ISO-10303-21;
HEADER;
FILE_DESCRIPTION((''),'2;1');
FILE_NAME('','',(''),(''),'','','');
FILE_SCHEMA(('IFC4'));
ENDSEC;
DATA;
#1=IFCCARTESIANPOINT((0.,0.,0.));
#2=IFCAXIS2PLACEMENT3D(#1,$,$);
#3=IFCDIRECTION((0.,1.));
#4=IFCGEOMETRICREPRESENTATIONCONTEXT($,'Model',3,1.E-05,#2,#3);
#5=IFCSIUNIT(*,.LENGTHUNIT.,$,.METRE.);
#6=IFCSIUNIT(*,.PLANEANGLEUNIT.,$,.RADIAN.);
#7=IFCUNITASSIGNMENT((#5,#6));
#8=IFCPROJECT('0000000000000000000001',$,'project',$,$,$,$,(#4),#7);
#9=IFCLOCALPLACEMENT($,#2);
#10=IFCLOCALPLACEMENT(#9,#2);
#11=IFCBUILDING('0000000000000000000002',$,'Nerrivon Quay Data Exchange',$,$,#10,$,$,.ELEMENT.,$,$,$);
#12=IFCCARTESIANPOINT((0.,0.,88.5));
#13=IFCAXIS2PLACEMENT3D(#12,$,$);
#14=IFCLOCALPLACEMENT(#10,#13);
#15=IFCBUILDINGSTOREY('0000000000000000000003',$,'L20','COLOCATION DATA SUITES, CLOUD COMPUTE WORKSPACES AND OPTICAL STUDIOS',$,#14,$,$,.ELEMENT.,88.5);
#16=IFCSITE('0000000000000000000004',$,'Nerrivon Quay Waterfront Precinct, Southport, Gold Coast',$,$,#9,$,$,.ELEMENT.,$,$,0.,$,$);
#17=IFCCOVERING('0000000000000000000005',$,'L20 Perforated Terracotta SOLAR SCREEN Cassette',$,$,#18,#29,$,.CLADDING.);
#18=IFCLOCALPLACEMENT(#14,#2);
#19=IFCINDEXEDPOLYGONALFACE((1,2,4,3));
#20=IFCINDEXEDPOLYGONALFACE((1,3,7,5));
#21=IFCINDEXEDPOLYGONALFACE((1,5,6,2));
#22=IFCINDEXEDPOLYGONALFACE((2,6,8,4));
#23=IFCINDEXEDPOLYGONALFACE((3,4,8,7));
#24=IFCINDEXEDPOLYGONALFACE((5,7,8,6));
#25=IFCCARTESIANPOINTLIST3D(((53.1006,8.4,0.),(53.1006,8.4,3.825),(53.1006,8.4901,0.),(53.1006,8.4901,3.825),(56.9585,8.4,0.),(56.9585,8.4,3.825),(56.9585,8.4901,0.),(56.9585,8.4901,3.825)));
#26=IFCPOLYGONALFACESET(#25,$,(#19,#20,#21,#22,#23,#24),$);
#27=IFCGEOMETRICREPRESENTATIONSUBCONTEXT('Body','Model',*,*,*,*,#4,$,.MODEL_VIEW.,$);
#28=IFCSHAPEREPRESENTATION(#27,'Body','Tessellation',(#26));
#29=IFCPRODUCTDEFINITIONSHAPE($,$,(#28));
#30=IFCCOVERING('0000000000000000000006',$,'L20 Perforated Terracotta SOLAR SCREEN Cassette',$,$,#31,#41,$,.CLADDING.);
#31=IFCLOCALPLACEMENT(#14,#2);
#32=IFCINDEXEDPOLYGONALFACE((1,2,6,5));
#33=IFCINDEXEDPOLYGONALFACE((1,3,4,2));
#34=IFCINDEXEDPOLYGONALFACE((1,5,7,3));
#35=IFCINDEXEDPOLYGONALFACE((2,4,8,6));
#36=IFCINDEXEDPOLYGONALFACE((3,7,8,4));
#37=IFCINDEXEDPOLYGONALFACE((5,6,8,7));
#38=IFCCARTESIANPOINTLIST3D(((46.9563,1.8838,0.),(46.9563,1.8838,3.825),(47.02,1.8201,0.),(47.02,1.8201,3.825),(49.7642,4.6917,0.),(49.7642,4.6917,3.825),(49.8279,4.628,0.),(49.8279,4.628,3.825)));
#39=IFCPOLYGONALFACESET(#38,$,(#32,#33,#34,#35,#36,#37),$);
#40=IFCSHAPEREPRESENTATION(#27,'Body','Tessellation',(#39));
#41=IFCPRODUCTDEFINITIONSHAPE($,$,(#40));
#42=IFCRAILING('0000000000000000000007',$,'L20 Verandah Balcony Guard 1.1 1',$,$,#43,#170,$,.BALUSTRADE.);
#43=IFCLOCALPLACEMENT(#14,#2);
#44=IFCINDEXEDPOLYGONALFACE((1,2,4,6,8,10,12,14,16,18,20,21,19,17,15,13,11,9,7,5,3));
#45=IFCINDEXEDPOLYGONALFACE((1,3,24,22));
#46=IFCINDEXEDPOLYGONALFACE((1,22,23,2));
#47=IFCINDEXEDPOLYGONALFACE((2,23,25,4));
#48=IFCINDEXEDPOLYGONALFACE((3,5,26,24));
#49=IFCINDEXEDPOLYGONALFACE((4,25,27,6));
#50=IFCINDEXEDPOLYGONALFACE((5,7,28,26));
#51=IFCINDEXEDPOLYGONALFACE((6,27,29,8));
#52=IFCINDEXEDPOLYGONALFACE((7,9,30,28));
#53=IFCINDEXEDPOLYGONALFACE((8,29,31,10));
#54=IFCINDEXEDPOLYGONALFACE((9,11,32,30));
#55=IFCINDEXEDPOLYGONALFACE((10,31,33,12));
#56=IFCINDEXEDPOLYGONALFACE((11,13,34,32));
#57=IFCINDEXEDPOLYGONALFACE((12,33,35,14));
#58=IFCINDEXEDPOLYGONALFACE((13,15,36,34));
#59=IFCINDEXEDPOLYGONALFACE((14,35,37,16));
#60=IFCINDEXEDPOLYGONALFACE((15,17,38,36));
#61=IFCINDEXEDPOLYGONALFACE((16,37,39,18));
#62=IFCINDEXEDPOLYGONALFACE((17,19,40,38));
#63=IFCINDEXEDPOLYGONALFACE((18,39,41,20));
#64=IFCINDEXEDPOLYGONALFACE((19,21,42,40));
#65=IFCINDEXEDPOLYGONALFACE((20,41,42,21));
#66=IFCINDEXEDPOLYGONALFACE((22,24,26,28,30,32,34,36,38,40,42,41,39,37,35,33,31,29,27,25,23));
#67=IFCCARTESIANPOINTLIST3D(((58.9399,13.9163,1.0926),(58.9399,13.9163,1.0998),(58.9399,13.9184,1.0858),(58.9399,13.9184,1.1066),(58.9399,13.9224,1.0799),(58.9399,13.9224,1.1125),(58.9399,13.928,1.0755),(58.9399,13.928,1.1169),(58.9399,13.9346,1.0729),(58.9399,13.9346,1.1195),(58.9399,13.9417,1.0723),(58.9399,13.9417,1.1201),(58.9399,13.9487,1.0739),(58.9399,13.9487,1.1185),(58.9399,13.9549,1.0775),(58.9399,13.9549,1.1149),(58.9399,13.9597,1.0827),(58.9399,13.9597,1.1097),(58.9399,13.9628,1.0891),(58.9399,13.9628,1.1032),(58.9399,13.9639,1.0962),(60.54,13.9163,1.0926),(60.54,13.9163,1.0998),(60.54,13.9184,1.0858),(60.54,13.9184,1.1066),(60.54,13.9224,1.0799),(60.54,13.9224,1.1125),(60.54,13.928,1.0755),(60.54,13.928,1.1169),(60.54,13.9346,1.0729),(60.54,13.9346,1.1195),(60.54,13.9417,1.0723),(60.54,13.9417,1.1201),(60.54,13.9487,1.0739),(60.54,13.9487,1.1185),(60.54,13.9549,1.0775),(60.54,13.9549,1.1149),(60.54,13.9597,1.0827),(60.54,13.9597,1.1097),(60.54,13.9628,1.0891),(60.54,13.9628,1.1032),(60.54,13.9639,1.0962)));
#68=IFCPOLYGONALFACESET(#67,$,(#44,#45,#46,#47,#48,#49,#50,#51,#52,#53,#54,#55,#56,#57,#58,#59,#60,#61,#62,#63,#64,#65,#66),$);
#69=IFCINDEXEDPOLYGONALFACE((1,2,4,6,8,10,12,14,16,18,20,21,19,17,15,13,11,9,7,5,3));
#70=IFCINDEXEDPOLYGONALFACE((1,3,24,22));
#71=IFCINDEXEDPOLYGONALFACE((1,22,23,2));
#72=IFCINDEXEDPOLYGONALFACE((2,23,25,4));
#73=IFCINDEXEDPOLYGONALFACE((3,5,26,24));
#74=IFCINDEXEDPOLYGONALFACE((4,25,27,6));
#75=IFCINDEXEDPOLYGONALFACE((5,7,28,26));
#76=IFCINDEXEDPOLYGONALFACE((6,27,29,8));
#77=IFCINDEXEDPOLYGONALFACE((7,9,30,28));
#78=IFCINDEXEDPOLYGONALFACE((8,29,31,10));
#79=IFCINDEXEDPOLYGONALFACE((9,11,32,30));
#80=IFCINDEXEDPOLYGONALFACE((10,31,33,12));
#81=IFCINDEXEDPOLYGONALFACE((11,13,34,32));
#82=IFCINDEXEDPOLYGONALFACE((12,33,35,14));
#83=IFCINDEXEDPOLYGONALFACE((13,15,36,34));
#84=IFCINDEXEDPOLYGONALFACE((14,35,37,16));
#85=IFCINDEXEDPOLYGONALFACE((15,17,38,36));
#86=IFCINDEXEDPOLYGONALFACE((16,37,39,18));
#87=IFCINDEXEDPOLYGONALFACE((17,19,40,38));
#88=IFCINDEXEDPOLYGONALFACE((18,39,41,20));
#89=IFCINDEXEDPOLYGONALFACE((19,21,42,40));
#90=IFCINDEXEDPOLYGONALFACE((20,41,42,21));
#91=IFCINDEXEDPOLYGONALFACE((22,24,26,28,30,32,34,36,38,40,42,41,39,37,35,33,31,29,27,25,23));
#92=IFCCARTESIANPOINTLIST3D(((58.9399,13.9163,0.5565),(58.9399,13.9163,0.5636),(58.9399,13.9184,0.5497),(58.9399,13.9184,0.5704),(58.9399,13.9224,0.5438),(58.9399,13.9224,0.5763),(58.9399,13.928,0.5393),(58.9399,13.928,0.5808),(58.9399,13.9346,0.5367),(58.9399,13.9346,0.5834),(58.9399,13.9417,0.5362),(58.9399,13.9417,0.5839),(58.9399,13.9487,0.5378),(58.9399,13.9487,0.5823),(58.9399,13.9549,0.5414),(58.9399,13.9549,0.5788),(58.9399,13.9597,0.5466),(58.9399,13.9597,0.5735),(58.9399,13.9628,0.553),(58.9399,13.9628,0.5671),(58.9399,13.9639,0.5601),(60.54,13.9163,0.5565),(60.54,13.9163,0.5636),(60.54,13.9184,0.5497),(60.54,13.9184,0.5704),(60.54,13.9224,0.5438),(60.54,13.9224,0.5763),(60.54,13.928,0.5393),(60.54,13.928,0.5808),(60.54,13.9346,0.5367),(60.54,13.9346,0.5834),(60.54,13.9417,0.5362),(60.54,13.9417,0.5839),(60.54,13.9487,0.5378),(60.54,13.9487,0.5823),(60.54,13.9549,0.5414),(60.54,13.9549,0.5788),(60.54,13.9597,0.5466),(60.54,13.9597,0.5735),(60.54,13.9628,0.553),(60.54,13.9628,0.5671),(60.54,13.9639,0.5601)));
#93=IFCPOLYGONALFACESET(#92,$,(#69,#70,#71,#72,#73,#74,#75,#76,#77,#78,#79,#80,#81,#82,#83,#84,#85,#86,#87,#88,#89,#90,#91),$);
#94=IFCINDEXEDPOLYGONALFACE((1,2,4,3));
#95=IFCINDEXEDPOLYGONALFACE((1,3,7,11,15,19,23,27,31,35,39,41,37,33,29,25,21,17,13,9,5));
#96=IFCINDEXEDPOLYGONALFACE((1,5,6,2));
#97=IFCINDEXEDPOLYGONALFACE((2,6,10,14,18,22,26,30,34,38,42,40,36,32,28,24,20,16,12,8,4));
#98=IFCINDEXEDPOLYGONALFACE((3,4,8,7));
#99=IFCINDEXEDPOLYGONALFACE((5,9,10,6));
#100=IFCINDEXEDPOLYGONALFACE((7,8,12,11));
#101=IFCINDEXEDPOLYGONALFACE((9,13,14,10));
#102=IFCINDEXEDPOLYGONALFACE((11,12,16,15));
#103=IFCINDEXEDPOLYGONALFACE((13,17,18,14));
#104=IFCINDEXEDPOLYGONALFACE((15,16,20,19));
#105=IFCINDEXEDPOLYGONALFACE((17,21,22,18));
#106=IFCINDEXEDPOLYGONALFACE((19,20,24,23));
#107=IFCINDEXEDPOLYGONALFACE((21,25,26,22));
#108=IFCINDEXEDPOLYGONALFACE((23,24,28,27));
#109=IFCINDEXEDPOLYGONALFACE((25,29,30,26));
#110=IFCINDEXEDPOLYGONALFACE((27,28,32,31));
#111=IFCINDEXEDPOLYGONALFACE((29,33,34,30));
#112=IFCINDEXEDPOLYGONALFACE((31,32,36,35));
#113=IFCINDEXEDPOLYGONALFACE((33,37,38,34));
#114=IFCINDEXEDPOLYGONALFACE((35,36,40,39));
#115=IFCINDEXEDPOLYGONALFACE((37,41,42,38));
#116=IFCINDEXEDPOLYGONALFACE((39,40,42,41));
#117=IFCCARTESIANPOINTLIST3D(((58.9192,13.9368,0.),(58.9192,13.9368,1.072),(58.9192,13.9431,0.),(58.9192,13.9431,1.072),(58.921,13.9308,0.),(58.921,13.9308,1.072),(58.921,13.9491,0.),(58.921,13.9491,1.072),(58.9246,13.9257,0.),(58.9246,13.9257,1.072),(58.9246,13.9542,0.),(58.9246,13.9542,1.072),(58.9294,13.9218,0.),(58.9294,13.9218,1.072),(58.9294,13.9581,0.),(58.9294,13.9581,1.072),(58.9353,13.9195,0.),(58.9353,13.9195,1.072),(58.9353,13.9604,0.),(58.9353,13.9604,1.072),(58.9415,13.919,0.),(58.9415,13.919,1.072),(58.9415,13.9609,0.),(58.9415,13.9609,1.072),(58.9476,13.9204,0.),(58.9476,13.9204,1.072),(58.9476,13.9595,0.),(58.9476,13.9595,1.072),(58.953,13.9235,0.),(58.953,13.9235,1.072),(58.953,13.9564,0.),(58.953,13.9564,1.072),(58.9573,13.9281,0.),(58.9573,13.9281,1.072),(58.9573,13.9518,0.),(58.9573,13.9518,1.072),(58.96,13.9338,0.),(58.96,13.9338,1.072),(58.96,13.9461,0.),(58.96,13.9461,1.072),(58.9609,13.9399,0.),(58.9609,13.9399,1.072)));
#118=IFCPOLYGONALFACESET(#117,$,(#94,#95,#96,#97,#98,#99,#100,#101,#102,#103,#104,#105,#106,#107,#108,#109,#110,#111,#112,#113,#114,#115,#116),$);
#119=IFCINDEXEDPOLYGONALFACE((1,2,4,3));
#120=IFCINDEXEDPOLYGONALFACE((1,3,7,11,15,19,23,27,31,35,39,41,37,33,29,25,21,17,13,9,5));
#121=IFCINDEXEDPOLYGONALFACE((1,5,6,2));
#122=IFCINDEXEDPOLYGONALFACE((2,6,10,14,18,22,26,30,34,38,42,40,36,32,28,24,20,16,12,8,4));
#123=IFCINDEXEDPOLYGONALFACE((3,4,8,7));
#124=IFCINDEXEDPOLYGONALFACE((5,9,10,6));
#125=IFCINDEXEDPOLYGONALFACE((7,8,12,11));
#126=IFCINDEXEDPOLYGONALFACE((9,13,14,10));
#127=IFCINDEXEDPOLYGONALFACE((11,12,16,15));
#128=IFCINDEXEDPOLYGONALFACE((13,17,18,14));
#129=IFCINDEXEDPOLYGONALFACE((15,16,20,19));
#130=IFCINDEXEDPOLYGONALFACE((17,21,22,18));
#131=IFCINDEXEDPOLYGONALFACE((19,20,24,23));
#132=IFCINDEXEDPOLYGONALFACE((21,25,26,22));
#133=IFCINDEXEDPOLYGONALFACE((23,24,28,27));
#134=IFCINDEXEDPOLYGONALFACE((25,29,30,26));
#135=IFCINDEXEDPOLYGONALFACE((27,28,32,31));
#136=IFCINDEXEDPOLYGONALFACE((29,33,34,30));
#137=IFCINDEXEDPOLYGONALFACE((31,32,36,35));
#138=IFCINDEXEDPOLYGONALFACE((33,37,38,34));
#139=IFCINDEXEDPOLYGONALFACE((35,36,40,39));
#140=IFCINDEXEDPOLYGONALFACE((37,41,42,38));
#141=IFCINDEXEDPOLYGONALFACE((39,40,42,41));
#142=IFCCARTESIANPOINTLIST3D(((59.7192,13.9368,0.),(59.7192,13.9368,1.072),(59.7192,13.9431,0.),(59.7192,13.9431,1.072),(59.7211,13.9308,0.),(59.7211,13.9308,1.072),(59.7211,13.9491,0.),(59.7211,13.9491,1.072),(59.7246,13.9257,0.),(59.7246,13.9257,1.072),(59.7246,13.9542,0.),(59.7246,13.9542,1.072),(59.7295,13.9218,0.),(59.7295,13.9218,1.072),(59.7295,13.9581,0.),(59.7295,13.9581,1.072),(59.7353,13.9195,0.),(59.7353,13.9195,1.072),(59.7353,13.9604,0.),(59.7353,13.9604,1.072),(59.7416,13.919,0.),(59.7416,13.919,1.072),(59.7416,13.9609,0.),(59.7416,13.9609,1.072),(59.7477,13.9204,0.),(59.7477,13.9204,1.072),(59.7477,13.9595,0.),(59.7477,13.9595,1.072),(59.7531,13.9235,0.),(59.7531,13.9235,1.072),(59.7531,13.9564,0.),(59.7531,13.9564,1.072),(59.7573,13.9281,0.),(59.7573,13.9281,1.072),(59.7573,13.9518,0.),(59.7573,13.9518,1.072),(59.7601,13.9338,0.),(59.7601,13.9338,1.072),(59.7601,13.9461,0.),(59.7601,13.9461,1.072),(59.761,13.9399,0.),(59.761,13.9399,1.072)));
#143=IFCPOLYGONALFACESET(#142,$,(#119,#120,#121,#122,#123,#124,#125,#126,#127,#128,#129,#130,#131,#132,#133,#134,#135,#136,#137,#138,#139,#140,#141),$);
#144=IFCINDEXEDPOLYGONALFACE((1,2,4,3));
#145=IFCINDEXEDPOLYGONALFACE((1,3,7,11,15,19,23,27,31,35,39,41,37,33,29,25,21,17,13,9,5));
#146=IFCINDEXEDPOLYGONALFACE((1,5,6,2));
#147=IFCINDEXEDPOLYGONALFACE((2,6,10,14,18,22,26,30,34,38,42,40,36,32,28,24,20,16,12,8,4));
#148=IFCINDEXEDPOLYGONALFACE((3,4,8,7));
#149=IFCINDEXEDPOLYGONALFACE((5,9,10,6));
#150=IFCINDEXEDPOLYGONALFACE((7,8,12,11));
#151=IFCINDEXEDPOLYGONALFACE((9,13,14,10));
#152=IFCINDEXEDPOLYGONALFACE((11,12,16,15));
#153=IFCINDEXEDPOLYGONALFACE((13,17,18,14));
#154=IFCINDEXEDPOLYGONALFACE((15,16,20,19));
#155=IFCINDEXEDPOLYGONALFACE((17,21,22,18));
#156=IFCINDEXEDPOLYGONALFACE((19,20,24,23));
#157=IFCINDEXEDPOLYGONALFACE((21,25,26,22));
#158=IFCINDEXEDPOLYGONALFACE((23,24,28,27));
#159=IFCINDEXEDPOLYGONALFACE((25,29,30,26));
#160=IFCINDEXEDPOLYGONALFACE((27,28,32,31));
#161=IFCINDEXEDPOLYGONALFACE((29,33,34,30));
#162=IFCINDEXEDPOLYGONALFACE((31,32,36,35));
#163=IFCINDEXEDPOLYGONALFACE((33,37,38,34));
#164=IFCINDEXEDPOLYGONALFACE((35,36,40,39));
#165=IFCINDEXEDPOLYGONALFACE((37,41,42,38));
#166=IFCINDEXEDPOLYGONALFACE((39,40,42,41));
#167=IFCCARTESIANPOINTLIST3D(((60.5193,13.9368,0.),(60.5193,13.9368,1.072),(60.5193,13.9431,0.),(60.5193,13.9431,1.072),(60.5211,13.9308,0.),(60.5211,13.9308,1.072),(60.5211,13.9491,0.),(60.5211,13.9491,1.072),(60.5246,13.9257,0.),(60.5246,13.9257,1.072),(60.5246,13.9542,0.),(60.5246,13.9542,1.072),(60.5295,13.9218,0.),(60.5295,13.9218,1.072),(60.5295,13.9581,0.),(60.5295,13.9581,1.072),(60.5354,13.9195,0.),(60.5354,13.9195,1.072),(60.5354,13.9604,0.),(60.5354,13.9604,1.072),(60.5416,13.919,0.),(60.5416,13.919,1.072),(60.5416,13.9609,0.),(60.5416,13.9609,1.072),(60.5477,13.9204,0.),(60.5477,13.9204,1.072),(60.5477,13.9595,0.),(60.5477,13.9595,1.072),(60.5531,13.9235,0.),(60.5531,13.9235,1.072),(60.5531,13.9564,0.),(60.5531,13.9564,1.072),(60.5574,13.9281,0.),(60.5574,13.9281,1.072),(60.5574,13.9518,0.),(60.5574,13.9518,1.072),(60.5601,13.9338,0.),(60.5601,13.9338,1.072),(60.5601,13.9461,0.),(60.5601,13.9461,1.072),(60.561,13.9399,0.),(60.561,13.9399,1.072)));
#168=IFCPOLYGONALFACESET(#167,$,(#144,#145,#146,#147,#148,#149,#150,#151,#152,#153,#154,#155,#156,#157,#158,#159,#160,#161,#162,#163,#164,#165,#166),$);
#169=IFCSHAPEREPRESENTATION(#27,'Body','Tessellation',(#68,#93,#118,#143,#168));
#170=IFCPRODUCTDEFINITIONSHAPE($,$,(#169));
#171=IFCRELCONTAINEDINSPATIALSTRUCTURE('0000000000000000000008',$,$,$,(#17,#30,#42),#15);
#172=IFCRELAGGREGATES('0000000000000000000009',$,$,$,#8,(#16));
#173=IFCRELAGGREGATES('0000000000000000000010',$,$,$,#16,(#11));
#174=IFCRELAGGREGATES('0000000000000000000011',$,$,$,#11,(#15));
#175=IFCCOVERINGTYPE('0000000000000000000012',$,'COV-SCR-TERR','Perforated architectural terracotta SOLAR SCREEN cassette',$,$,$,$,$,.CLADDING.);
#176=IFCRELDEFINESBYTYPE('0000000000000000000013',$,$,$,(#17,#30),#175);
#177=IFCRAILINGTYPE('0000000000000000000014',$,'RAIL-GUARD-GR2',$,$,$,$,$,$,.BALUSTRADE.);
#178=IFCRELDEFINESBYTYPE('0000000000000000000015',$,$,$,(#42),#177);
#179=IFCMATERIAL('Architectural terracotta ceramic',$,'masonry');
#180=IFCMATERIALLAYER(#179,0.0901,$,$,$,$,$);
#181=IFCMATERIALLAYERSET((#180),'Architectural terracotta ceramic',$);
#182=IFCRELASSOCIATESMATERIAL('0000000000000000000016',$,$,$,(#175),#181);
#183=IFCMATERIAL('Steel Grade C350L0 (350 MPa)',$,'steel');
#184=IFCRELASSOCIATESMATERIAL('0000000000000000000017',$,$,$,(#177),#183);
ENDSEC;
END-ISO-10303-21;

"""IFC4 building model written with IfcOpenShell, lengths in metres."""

from ifc_helpers import new_model, si_unit, direction, frame, origin, origin_2d, place, context, subcontext, project, spatial, rectangle, circle, extrude, material, layer, layer_set, type_object, element, save


model = new_model("IFC4")

# Units and contexts
model_context = context("Model", 3, precision=1e-05, world=origin(), true_north=direction((0.0, 1.0)))
body_context = subcontext(model_context, "Body", "Model", "MODEL_VIEW")
ifc_project = project(units=[si_unit("LENGTHUNIT", "METRE"), si_unit("PLANEANGLEUNIT", "RADIAN")], contexts=[model_context])

# Site, building, storey
site_placement = place(None, origin())
site = spatial("IfcSite", under=ifc_project, at=site_placement, Name="Nerrivon Quay Waterfront Precinct, Southport, Gold Coast", CompositionType="ELEMENT", RefElevation=0.0)
building_placement = place(site_placement, origin())
building = spatial("IfcBuilding", under=site, at=building_placement, Name="Nerrivon Quay Data Exchange", CompositionType="ELEMENT")
storey_placement = place(building_placement, frame((0.0, 0.0, 88.5)))
storey = spatial("IfcBuildingStorey", under=building, at=storey_placement, Name="L20", Description="COLOCATION DATA SUITES, CLOUD COMPUTE WORKSPACES AND OPTICAL STUDIOS", CompositionType="ELEMENT", Elevation=88.5)

# Coverings
ifc_material_1 = material(Name="Architectural terracotta ceramic", Category="masonry")
ifc_layer_1 = layer(ifc_material_1, 0.0901)
ifc_layer_set_1 = layer_set([ifc_layer_1], Name="Architectural terracotta ceramic")
covering_type = type_object("IfcCoveringType", Name="COV-SCR-TERR", Description="Perforated architectural terracotta SOLAR SCREEN cassette", PredefinedType="CLADDING", material=ifc_layer_set_1)
covering_1_placement = place(storey_placement, frame((55.0295, 8.4451, 0.0), z_axis=(0.0, 0.0, 1.0), x_axis=(-1.0, 0.0, 0.0)))
element("IfcCovering", 1, at=covering_1_placement, inside=storey, type_object=covering_type, Name="L20 Perforated Terracotta SOLAR SCREEN Cassette", PredefinedType="CLADDING", context=body_context, shape_type="SweptSolid", body=[
    extrude(rectangle(XDim=3.8579, YDim=0.0901, at=origin_2d()), origin(), (0.0, 0.0, 1.0), 3.825),
])
covering_2_placement = place(storey_placement, frame((48.3921, 3.2559, 0.0), z_axis=(0.0, 0.0, 1.0), x_axis=(-0.707107, -0.707107, 0.0)))
element("IfcCovering", 2, at=covering_2_placement, inside=storey, type_object=covering_type, Name="L20 Perforated Terracotta SOLAR SCREEN Cassette", PredefinedType="CLADDING", context=body_context, shape_type="SweptSolid", body=[
    extrude(rectangle(XDim=3.9709, YDim=0.0901, at=origin_2d()), origin(), (0.0, 0.0, 1.0), 3.825),
])

# Railing
ifc_material_2 = material(Name="Steel Grade C350L0 (350 MPa)", Category="steel")
railing_type = type_object("IfcRailingType", Name="RAIL-GUARD-GR2", PredefinedType="BALUSTRADE", material=ifc_material_2)
railing_1_placement = place(storey_placement, frame((58.9399, 13.9399, 0.0)))
element("IfcRailing", 3, at=railing_1_placement, inside=storey, type_object=railing_type, Name="L20 Verandah Balcony Guard 1.1 1", PredefinedType="BALUSTRADE", context=body_context, shape_type="SweptSolid", body=[
    extrude(circle(Radius=0.0239, at=origin_2d()), frame((0.0, 0.0, 1.0962), z_axis=(1.0, 0.0, 0.0), x_axis=(0.0, 1.0, 0.0)), (0.0, 0.0, 1.0), 1.6001),
    extrude(circle(Radius=0.0239, at=origin_2d()), frame((0.0, 0.0, 0.5601), z_axis=(1.0, 0.0, 0.0), x_axis=(0.0, 1.0, 0.0)), (0.0, 0.0, 1.0), 1.6001),
    extrude(circle(Radius=0.021, at=origin_2d()), origin(), (0.0, 0.0, 1.0), 1.072),
    extrude(circle(Radius=0.021, at=origin_2d()), frame((0.8, 0.0, 0.0)), (0.0, 0.0, 1.0), 1.072),
    extrude(circle(Radius=0.021, at=origin_2d()), frame((1.6001, 0.0, 0.0)), (0.0, 0.0, 1.0), 1.072),
])

save(model, "model.ifc")
